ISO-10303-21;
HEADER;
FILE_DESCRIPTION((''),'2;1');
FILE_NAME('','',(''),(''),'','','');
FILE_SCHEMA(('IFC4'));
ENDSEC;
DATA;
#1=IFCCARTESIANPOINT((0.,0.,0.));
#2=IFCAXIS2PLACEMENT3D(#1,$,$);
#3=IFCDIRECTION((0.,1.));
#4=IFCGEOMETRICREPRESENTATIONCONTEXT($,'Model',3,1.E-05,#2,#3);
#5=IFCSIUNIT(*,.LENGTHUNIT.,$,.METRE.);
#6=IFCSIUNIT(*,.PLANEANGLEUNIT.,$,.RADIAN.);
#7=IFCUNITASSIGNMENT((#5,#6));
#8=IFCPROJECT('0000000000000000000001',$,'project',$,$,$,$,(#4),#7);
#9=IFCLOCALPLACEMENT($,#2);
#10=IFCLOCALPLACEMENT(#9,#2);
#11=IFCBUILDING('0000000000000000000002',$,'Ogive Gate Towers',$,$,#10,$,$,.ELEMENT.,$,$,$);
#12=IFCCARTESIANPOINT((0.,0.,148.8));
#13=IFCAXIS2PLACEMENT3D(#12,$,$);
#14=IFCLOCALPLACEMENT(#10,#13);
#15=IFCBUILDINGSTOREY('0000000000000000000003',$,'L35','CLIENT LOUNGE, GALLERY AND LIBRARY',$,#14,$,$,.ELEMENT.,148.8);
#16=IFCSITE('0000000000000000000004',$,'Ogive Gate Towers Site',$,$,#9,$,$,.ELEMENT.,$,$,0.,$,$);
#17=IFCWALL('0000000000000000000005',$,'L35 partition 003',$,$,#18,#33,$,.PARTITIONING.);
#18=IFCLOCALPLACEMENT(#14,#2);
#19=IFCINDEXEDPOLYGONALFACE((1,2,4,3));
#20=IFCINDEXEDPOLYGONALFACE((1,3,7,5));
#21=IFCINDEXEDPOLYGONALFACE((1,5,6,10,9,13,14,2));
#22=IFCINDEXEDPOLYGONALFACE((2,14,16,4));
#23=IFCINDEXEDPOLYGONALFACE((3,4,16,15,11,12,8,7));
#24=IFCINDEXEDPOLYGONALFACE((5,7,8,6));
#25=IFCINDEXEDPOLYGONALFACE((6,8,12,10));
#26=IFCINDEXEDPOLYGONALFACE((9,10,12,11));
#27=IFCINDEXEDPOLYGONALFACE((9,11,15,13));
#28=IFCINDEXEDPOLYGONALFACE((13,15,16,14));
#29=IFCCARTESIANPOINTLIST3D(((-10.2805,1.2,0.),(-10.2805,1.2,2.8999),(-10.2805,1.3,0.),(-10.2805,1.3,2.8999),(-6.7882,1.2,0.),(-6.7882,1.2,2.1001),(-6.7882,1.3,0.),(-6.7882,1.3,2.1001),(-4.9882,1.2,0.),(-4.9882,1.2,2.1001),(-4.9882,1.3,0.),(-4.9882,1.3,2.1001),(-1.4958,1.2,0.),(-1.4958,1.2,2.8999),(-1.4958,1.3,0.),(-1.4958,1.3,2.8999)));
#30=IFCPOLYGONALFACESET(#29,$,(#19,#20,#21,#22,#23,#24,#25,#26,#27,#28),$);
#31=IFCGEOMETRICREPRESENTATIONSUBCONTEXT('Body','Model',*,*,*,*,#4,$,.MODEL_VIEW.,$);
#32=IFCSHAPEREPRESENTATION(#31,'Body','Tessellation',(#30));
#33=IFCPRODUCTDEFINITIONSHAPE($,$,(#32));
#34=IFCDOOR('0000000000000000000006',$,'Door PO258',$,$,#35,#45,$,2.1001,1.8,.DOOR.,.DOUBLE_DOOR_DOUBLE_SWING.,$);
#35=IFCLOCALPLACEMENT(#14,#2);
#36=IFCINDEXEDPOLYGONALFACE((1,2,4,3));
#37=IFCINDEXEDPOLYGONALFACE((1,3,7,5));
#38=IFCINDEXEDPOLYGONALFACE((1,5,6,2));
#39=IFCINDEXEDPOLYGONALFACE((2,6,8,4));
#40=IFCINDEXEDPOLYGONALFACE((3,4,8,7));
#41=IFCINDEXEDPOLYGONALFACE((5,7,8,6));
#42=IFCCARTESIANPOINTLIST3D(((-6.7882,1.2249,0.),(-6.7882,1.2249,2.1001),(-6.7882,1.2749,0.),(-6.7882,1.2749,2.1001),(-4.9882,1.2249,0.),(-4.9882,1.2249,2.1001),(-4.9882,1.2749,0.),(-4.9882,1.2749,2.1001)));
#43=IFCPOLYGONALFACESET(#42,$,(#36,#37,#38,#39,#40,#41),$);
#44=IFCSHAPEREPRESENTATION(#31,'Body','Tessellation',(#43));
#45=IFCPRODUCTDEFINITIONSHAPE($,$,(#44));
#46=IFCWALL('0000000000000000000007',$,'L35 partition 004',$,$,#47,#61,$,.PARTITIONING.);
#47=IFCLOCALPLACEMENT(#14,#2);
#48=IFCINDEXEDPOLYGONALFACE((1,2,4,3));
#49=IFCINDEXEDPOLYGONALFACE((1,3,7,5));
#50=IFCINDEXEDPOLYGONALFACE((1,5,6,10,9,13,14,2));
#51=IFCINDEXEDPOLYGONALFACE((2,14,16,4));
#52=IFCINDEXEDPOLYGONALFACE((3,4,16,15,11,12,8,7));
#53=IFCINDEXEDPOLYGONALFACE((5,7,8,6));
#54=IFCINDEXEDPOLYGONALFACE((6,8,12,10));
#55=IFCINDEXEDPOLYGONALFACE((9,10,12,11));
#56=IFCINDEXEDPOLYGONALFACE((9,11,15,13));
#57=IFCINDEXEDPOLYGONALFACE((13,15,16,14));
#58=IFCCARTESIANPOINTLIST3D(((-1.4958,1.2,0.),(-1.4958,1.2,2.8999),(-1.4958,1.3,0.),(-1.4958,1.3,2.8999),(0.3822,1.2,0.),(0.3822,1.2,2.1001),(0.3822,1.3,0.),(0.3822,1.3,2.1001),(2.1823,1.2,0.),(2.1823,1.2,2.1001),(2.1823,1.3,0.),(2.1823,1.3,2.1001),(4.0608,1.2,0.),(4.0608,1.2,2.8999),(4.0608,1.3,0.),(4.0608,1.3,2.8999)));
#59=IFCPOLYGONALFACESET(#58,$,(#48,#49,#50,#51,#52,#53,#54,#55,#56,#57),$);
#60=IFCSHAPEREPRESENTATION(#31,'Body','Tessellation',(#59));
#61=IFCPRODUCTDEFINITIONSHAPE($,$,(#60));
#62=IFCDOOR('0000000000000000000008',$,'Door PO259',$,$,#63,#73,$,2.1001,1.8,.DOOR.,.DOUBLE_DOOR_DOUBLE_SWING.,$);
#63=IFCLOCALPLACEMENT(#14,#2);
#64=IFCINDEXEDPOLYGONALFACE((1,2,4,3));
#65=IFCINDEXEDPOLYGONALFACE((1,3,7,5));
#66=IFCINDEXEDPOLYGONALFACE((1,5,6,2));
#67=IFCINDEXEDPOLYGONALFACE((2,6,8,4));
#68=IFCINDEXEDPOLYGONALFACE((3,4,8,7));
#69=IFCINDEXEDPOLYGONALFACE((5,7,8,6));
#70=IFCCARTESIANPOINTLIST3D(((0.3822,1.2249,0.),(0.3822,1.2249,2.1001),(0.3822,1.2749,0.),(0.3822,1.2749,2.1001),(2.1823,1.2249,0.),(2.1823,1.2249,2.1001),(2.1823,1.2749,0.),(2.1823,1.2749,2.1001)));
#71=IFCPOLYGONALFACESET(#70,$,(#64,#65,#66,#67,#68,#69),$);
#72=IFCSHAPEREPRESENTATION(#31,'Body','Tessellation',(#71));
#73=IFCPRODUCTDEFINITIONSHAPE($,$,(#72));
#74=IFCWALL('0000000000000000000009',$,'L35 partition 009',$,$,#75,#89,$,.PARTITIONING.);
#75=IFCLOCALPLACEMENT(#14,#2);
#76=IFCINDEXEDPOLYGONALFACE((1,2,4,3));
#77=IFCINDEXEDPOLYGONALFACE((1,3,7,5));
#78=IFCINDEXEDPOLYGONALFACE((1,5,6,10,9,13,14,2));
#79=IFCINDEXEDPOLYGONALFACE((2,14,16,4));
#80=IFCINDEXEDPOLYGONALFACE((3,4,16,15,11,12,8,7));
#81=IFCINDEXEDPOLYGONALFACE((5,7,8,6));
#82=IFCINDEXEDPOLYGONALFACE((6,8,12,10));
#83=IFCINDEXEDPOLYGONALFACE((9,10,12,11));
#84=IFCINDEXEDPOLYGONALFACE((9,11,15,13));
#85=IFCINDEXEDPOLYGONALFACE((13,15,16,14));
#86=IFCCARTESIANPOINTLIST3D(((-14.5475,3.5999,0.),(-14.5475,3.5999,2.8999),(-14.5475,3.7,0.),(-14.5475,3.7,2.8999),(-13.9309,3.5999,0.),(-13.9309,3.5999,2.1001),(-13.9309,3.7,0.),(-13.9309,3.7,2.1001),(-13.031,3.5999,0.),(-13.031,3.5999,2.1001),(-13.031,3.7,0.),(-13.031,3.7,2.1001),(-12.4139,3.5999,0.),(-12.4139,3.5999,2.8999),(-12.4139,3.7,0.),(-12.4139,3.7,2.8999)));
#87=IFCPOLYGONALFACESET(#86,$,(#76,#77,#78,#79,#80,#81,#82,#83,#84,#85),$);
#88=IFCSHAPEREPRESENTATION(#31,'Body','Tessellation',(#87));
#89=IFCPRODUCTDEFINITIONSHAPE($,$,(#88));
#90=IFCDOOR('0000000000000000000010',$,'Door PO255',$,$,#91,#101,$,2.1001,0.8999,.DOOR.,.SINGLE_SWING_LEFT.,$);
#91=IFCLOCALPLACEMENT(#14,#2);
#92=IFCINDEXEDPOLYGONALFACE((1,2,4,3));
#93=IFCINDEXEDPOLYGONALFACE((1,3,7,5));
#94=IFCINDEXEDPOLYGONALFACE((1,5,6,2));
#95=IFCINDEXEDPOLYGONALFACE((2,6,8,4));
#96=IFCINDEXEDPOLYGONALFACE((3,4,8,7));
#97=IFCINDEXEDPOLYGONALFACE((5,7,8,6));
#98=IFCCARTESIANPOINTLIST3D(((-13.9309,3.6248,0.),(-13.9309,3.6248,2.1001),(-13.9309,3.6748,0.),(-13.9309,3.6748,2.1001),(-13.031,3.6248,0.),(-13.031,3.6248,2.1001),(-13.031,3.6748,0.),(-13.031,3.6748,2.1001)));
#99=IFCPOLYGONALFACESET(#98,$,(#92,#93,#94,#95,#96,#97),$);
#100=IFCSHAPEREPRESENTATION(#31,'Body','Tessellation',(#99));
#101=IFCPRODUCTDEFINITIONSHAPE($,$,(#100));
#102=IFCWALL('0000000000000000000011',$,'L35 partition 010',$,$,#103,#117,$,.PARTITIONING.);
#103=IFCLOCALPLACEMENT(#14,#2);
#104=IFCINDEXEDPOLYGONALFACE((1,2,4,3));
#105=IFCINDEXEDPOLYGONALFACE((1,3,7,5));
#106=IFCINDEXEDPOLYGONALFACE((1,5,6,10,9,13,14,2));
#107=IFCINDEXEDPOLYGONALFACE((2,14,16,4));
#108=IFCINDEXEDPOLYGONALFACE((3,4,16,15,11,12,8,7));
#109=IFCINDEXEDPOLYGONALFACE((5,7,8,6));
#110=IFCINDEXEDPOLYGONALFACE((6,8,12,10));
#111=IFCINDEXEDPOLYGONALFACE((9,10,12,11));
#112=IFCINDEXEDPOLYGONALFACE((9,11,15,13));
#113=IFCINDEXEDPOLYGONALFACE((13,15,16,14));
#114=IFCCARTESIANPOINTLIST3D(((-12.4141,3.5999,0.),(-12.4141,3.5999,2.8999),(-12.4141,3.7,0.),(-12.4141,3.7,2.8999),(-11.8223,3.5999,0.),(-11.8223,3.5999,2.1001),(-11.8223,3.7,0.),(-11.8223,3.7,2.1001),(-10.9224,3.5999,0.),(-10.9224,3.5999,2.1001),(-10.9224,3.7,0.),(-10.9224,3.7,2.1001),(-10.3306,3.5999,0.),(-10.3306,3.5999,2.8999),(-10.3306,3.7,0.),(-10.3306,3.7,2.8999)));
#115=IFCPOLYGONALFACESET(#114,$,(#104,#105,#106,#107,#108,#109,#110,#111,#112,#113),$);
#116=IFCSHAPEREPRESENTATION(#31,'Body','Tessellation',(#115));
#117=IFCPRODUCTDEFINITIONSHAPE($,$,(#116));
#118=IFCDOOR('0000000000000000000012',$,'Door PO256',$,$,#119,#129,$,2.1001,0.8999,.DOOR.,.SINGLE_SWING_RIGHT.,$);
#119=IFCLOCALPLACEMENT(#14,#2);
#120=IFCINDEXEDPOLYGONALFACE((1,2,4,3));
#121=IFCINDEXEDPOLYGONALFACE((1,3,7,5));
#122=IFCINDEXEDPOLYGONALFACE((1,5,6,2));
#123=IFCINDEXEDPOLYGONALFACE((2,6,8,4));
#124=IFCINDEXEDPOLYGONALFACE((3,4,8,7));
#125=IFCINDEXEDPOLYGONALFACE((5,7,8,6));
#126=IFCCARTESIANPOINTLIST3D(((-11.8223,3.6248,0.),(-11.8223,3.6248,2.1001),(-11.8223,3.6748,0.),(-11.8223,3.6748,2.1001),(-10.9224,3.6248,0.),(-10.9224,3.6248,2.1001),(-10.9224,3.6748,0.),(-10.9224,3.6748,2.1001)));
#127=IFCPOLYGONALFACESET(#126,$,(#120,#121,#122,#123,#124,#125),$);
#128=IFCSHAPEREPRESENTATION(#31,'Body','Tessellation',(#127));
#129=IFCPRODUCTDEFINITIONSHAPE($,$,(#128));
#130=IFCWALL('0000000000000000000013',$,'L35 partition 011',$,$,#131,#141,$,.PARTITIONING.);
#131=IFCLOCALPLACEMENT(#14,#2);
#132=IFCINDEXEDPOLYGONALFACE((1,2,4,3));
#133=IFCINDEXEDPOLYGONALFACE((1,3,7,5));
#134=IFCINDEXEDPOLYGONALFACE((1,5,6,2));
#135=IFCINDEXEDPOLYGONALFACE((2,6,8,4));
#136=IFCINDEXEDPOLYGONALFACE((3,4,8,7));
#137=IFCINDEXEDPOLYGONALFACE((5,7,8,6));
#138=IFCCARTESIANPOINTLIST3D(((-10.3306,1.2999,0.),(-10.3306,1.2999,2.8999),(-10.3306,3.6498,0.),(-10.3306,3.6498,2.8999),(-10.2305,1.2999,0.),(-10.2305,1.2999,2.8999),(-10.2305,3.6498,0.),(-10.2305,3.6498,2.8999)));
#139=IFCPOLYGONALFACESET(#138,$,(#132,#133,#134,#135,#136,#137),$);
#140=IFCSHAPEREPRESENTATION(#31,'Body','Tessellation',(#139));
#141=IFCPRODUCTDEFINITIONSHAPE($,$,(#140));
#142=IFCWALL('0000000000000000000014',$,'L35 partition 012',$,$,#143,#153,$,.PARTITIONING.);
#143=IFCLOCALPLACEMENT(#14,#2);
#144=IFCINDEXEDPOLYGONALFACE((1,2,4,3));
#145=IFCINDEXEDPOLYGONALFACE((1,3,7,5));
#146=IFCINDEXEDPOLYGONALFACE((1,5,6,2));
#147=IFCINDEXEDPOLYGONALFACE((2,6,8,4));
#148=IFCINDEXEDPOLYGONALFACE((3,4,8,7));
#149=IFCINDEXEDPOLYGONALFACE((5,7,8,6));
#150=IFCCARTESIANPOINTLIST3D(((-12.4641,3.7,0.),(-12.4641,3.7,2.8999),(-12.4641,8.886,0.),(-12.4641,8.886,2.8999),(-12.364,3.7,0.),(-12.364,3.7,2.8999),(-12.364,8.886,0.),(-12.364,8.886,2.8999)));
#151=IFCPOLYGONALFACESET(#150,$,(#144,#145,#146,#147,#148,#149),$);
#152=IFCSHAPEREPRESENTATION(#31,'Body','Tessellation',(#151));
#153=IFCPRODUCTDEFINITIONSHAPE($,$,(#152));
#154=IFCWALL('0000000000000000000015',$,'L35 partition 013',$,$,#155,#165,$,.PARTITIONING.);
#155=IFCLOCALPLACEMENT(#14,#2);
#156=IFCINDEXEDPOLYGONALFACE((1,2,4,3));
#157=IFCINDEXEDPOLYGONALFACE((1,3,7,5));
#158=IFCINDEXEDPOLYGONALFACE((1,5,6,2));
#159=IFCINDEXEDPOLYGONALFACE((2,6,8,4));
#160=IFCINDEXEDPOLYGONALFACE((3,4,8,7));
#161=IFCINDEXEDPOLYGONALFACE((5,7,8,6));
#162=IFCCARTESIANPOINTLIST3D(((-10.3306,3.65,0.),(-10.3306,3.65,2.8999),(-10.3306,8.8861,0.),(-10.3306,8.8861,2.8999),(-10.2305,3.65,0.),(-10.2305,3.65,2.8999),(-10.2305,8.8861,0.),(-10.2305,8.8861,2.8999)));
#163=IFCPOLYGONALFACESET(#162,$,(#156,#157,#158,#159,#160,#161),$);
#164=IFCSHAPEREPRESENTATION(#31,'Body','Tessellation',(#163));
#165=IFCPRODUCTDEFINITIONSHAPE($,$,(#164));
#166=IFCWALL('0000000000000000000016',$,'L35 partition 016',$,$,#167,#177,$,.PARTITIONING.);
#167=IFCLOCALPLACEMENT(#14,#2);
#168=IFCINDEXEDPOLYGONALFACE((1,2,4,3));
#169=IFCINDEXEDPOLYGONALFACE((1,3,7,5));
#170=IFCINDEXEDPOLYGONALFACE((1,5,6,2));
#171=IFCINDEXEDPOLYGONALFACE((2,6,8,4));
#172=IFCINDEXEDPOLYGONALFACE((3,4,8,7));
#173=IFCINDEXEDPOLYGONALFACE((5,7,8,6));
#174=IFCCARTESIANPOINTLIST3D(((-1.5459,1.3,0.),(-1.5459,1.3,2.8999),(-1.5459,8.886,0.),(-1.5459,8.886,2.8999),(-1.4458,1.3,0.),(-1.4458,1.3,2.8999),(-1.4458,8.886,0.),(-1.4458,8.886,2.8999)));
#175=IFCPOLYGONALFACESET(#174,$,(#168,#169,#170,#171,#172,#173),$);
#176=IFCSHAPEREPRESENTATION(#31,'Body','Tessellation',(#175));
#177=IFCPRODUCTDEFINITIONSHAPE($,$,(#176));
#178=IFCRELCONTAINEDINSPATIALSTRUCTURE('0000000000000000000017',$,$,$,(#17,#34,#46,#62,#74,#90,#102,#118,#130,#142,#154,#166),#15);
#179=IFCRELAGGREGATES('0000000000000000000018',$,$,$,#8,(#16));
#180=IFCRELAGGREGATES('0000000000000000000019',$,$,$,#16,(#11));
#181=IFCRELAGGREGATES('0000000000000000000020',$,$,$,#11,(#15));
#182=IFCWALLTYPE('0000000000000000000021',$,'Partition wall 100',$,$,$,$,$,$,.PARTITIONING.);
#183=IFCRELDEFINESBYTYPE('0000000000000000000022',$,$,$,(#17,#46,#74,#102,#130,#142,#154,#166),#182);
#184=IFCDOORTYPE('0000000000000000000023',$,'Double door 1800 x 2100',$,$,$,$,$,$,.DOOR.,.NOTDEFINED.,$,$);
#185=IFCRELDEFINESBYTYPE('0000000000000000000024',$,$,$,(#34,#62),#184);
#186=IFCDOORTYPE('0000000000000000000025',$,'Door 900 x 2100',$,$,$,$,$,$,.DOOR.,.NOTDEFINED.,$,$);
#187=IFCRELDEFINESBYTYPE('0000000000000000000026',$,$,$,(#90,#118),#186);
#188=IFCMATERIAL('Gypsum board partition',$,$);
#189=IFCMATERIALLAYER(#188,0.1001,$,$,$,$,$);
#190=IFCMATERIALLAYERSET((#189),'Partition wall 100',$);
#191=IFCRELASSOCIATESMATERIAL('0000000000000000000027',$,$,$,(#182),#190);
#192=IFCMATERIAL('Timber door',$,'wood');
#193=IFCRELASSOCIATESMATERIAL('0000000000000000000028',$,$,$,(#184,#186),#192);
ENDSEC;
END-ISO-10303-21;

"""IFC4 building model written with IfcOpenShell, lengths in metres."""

from ifc_helpers import new_model, si_unit, direction, frame, frame_2d, origin, place, context, subcontext, project, spatial, rectangle, extrude, material, layer, layer_set, type_object, element, fill, save


model = new_model("IFC4")

# Units and contexts
model_context = context("Model", 3, precision=1e-05, world=origin(), true_north=direction((0.0, 1.0)))
body_context = subcontext(model_context, "Body", "Model", "MODEL_VIEW")
ifc_project = project(units=[si_unit("LENGTHUNIT", "METRE"), si_unit("PLANEANGLEUNIT", "RADIAN")], contexts=[model_context])

# Site, building, storey
site_placement = place(None, origin())
site = spatial("IfcSite", under=ifc_project, at=site_placement, Name="Ogive Gate Towers Site", CompositionType="ELEMENT", RefElevation=0.0)
building_placement = place(site_placement, origin())
building = spatial("IfcBuilding", under=site, at=building_placement, Name="Ogive Gate Towers", CompositionType="ELEMENT")
storey_placement = place(building_placement, frame((0.0, 0.0, 148.8)))
storey = spatial("IfcBuildingStorey", under=building, at=storey_placement, Name="L35", Description="CLIENT LOUNGE, GALLERY AND LIBRARY", CompositionType="ELEMENT", Elevation=148.8)

# Walls, openings, doors
ifc_material_1 = material(Name="Gypsum board partition")
ifc_layer_1 = layer(ifc_material_1, 0.1001)
ifc_layer_set_1 = layer_set([ifc_layer_1], Name="Partition wall 100")
wall_type_1 = type_object("IfcWallType", Name="Partition wall 100", PredefinedType="PARTITIONING", material=ifc_layer_set_1)
ifc_material_2 = material(Name="Timber door", Category="wood")
door_type_1 = type_object("IfcDoorType", Name="Double door 1800 x 2100", OperationType="NOTDEFINED", PredefinedType="DOOR", material=ifc_material_2)
wall_1_placement = place(storey_placement, frame((-10.2805, 1.25, 0.0), z_axis=(0.0, 0.0, 1.0), x_axis=(1.0, 0.0, 0.0)))
wall_1 = element("IfcWall", 1, at=wall_1_placement, inside=storey, type_object=wall_type_1, Name="L35 partition 003", PredefinedType="PARTITIONING", context=body_context, shape_type="SweptSolid", body=[
    extrude(rectangle(XDim=8.7847, YDim=0.1001, at=frame_2d((4.3923, 0.0))), origin(), (0.0, 0.0, 1.0), 2.8999),
])
opening_1_placement = place(wall_1_placement, frame((3.4924, 0.0, 0.0)))
opening_1 = element("IfcOpeningElement", 2, at=opening_1_placement, cuts=wall_1, PredefinedType="OPENING", context=body_context, shape_type="SweptSolid", body=[
    extrude(rectangle(XDim=1.8, YDim=2.1001, at=frame_2d((0.8999, 1.05))), frame((0.0, 0.0601, 0.0), z_axis=(0.0, -1.0, 0.0), x_axis=(1.0, 0.0, 0.0)), (0.0, 0.0, 1.0), 0.1201),
])
door_1_placement = place(opening_1_placement, origin())
door_1 = element("IfcDoor", 3, at=door_1_placement, inside=storey, type_object=door_type_1, Name="Door PO258", OperationType="DOUBLE_DOOR_DOUBLE_SWING", OverallHeight=2.1001, OverallWidth=1.8, PredefinedType="DOOR", context=body_context, shape_type="SweptSolid", body=[
    extrude(rectangle(XDim=1.8, YDim=2.1001, at=frame_2d((0.8999, 1.05))), frame((0.0, 0.0249, 0.0), z_axis=(0.0, -1.0, 0.0), x_axis=(1.0, 0.0, 0.0)), (0.0, 0.0, 1.0), 0.05),
])
fill(opening_1, door_1)
wall_2_placement = place(storey_placement, frame((-1.4958, 1.25, 0.0), z_axis=(0.0, 0.0, 1.0), x_axis=(1.0, 0.0, 0.0)))
wall_2 = element("IfcWall", 4, at=wall_2_placement, inside=storey, type_object=wall_type_1, Name="L35 partition 004", PredefinedType="PARTITIONING", context=body_context, shape_type="SweptSolid", body=[
    extrude(rectangle(XDim=5.5566, YDim=0.1001, at=frame_2d((2.7783, 0.0))), origin(), (0.0, 0.0, 1.0), 2.8999),
])
opening_2_placement = place(wall_2_placement, frame((1.8782, 0.0, 0.0)))
opening_2 = element("IfcOpeningElement", 5, at=opening_2_placement, cuts=wall_2, PredefinedType="OPENING", context=body_context, shape_type="SweptSolid", body=[
    extrude(rectangle(XDim=1.8, YDim=2.1001, at=frame_2d((0.8999, 1.05))), frame((0.0, 0.0601, 0.0), z_axis=(0.0, -1.0, 0.0), x_axis=(1.0, 0.0, 0.0)), (0.0, 0.0, 1.0), 0.1201),
])
door_2_placement = place(opening_2_placement, origin())
door_2 = element("IfcDoor", 6, at=door_2_placement, inside=storey, type_object=door_type_1, Name="Door PO259", OperationType="DOUBLE_DOOR_DOUBLE_SWING", OverallHeight=2.1001, OverallWidth=1.8, PredefinedType="DOOR", context=body_context, shape_type="SweptSolid", body=[
    extrude(rectangle(XDim=1.8, YDim=2.1001, at=frame_2d((0.8999, 1.05))), frame((0.0, 0.0249, 0.0), z_axis=(0.0, -1.0, 0.0), x_axis=(1.0, 0.0, 0.0)), (0.0, 0.0, 1.0), 0.05),
])
fill(opening_2, door_2)
wall_3_placement = place(storey_placement, frame((-14.5476, 3.6499, 0.0), z_axis=(0.0, 0.0, 1.0), x_axis=(1.0, 0.0, 0.0)))
wall_3 = element("IfcWall", 7, at=wall_3_placement, inside=storey, type_object=wall_type_1, Name="L35 partition 009", PredefinedType="PARTITIONING", context=body_context, shape_type="SweptSolid", body=[
    extrude(rectangle(XDim=2.1335, YDim=0.1001, at=frame_2d((1.0669, 0.0))), origin(), (0.0, 0.0, 1.0), 2.8999),
])
opening_3_placement = place(wall_3_placement, frame((0.6167, 0.0, 0.0)))
opening_3 = element("IfcOpeningElement", 8, at=opening_3_placement, cuts=wall_3, PredefinedType="OPENING", context=body_context, shape_type="SweptSolid", body=[
    extrude(rectangle(XDim=0.8999, YDim=2.1001, at=frame_2d((0.45, 1.05))), frame((0.0, 0.0601, 0.0), z_axis=(0.0, -1.0, 0.0), x_axis=(1.0, 0.0, 0.0)), (0.0, 0.0, 1.0), 0.1201),
])
door_type_2 = type_object("IfcDoorType", Name="Door 900 x 2100", OperationType="NOTDEFINED", PredefinedType="DOOR", material=ifc_material_2)
door_3_placement = place(opening_3_placement, origin())
door_3 = element("IfcDoor", 9, at=door_3_placement, inside=storey, type_object=door_type_2, Name="Door PO255", OperationType="SINGLE_SWING_LEFT", OverallHeight=2.1001, OverallWidth=0.8999, PredefinedType="DOOR", context=body_context, shape_type="SweptSolid", body=[
    extrude(rectangle(XDim=0.8999, YDim=2.1001, at=frame_2d((0.45, 1.05))), frame((0.0, 0.0249, 0.0), z_axis=(0.0, -1.0, 0.0), x_axis=(1.0, 0.0, 0.0)), (0.0, 0.0, 1.0), 0.05),
])
fill(opening_3, door_3)
wall_4_placement = place(storey_placement, frame((-12.4141, 3.6499, 0.0), z_axis=(0.0, 0.0, 1.0), x_axis=(1.0, 0.0, 0.0)))
wall_4 = element("IfcWall", 10, at=wall_4_placement, inside=storey, type_object=wall_type_1, Name="L35 partition 010", PredefinedType="PARTITIONING", context=body_context, shape_type="SweptSolid", body=[
    extrude(rectangle(XDim=2.0835, YDim=0.1001, at=frame_2d((1.0417, 0.0))), origin(), (0.0, 0.0, 1.0), 2.8999),
])
opening_4_placement = place(wall_4_placement, frame((0.5918, 0.0, 0.0)))
opening_4 = element("IfcOpeningElement", 11, at=opening_4_placement, cuts=wall_4, PredefinedType="OPENING", context=body_context, shape_type="SweptSolid", body=[
    extrude(rectangle(XDim=0.8999, YDim=2.1001, at=frame_2d((0.45, 1.05))), frame((0.0, 0.0601, 0.0), z_axis=(0.0, -1.0, 0.0), x_axis=(1.0, 0.0, 0.0)), (0.0, 0.0, 1.0), 0.1201),
])
door_4_placement = place(opening_4_placement, origin())
door_4 = element("IfcDoor", 12, at=door_4_placement, inside=storey, type_object=door_type_2, Name="Door PO256", OperationType="SINGLE_SWING_RIGHT", OverallHeight=2.1001, OverallWidth=0.8999, PredefinedType="DOOR", context=body_context, shape_type="SweptSolid", body=[
    extrude(rectangle(XDim=0.8999, YDim=2.1001, at=frame_2d((0.45, 1.05))), frame((0.0, 0.0249, 0.0), z_axis=(0.0, -1.0, 0.0), x_axis=(1.0, 0.0, 0.0)), (0.0, 0.0, 1.0), 0.05),
])
fill(opening_4, door_4)

# Walls
wall_5_placement = place(storey_placement, frame((-10.2805, 1.3, 0.0), z_axis=(0.0, 0.0, 1.0), x_axis=(0.0, 1.0, 0.0)))
element("IfcWall", 13, at=wall_5_placement, inside=storey, type_object=wall_type_1, Name="L35 partition 011", PredefinedType="PARTITIONING", context=body_context, shape_type="SweptSolid", body=[
    extrude(rectangle(XDim=2.3499, YDim=0.1001, at=frame_2d((1.1748, 0.0))), origin(), (0.0, 0.0, 1.0), 2.8999),
])
wall_6_placement = place(storey_placement, frame((-12.4141, 3.7, 0.0), z_axis=(0.0, 0.0, 1.0), x_axis=(0.0, 1.0, 0.0)))
element("IfcWall", 14, at=wall_6_placement, inside=storey, type_object=wall_type_1, Name="L35 partition 012", PredefinedType="PARTITIONING", context=body_context, shape_type="SweptSolid", body=[
    extrude(rectangle(XDim=5.186, YDim=0.1001, at=frame_2d((2.593, 0.0))), origin(), (0.0, 0.0, 1.0), 2.8999),
])
wall_7_placement = place(storey_placement, frame((-10.2805, 3.6499, 0.0), z_axis=(0.0, 0.0, 1.0), x_axis=(0.0, 1.0, 0.0)))
element("IfcWall", 15, at=wall_7_placement, inside=storey, type_object=wall_type_1, Name="L35 partition 013", PredefinedType="PARTITIONING", context=body_context, shape_type="SweptSolid", body=[
    extrude(rectangle(XDim=5.2361, YDim=0.1001, at=frame_2d((2.6182, 0.0))), origin(), (0.0, 0.0, 1.0), 2.8999),
])
wall_8_placement = place(storey_placement, frame((-1.4958, 1.3, 0.0), z_axis=(0.0, 0.0, 1.0), x_axis=(0.0, 1.0, 0.0)))
element("IfcWall", 16, at=wall_8_placement, inside=storey, type_object=wall_type_1, Name="L35 partition 016", PredefinedType="PARTITIONING", context=body_context, shape_type="SweptSolid", body=[
    extrude(rectangle(XDim=7.5859, YDim=0.1001, at=frame_2d((3.793, 0.0))), origin(), (0.0, 0.0, 1.0), 2.8999),
])

save(model, "model.ifc")
